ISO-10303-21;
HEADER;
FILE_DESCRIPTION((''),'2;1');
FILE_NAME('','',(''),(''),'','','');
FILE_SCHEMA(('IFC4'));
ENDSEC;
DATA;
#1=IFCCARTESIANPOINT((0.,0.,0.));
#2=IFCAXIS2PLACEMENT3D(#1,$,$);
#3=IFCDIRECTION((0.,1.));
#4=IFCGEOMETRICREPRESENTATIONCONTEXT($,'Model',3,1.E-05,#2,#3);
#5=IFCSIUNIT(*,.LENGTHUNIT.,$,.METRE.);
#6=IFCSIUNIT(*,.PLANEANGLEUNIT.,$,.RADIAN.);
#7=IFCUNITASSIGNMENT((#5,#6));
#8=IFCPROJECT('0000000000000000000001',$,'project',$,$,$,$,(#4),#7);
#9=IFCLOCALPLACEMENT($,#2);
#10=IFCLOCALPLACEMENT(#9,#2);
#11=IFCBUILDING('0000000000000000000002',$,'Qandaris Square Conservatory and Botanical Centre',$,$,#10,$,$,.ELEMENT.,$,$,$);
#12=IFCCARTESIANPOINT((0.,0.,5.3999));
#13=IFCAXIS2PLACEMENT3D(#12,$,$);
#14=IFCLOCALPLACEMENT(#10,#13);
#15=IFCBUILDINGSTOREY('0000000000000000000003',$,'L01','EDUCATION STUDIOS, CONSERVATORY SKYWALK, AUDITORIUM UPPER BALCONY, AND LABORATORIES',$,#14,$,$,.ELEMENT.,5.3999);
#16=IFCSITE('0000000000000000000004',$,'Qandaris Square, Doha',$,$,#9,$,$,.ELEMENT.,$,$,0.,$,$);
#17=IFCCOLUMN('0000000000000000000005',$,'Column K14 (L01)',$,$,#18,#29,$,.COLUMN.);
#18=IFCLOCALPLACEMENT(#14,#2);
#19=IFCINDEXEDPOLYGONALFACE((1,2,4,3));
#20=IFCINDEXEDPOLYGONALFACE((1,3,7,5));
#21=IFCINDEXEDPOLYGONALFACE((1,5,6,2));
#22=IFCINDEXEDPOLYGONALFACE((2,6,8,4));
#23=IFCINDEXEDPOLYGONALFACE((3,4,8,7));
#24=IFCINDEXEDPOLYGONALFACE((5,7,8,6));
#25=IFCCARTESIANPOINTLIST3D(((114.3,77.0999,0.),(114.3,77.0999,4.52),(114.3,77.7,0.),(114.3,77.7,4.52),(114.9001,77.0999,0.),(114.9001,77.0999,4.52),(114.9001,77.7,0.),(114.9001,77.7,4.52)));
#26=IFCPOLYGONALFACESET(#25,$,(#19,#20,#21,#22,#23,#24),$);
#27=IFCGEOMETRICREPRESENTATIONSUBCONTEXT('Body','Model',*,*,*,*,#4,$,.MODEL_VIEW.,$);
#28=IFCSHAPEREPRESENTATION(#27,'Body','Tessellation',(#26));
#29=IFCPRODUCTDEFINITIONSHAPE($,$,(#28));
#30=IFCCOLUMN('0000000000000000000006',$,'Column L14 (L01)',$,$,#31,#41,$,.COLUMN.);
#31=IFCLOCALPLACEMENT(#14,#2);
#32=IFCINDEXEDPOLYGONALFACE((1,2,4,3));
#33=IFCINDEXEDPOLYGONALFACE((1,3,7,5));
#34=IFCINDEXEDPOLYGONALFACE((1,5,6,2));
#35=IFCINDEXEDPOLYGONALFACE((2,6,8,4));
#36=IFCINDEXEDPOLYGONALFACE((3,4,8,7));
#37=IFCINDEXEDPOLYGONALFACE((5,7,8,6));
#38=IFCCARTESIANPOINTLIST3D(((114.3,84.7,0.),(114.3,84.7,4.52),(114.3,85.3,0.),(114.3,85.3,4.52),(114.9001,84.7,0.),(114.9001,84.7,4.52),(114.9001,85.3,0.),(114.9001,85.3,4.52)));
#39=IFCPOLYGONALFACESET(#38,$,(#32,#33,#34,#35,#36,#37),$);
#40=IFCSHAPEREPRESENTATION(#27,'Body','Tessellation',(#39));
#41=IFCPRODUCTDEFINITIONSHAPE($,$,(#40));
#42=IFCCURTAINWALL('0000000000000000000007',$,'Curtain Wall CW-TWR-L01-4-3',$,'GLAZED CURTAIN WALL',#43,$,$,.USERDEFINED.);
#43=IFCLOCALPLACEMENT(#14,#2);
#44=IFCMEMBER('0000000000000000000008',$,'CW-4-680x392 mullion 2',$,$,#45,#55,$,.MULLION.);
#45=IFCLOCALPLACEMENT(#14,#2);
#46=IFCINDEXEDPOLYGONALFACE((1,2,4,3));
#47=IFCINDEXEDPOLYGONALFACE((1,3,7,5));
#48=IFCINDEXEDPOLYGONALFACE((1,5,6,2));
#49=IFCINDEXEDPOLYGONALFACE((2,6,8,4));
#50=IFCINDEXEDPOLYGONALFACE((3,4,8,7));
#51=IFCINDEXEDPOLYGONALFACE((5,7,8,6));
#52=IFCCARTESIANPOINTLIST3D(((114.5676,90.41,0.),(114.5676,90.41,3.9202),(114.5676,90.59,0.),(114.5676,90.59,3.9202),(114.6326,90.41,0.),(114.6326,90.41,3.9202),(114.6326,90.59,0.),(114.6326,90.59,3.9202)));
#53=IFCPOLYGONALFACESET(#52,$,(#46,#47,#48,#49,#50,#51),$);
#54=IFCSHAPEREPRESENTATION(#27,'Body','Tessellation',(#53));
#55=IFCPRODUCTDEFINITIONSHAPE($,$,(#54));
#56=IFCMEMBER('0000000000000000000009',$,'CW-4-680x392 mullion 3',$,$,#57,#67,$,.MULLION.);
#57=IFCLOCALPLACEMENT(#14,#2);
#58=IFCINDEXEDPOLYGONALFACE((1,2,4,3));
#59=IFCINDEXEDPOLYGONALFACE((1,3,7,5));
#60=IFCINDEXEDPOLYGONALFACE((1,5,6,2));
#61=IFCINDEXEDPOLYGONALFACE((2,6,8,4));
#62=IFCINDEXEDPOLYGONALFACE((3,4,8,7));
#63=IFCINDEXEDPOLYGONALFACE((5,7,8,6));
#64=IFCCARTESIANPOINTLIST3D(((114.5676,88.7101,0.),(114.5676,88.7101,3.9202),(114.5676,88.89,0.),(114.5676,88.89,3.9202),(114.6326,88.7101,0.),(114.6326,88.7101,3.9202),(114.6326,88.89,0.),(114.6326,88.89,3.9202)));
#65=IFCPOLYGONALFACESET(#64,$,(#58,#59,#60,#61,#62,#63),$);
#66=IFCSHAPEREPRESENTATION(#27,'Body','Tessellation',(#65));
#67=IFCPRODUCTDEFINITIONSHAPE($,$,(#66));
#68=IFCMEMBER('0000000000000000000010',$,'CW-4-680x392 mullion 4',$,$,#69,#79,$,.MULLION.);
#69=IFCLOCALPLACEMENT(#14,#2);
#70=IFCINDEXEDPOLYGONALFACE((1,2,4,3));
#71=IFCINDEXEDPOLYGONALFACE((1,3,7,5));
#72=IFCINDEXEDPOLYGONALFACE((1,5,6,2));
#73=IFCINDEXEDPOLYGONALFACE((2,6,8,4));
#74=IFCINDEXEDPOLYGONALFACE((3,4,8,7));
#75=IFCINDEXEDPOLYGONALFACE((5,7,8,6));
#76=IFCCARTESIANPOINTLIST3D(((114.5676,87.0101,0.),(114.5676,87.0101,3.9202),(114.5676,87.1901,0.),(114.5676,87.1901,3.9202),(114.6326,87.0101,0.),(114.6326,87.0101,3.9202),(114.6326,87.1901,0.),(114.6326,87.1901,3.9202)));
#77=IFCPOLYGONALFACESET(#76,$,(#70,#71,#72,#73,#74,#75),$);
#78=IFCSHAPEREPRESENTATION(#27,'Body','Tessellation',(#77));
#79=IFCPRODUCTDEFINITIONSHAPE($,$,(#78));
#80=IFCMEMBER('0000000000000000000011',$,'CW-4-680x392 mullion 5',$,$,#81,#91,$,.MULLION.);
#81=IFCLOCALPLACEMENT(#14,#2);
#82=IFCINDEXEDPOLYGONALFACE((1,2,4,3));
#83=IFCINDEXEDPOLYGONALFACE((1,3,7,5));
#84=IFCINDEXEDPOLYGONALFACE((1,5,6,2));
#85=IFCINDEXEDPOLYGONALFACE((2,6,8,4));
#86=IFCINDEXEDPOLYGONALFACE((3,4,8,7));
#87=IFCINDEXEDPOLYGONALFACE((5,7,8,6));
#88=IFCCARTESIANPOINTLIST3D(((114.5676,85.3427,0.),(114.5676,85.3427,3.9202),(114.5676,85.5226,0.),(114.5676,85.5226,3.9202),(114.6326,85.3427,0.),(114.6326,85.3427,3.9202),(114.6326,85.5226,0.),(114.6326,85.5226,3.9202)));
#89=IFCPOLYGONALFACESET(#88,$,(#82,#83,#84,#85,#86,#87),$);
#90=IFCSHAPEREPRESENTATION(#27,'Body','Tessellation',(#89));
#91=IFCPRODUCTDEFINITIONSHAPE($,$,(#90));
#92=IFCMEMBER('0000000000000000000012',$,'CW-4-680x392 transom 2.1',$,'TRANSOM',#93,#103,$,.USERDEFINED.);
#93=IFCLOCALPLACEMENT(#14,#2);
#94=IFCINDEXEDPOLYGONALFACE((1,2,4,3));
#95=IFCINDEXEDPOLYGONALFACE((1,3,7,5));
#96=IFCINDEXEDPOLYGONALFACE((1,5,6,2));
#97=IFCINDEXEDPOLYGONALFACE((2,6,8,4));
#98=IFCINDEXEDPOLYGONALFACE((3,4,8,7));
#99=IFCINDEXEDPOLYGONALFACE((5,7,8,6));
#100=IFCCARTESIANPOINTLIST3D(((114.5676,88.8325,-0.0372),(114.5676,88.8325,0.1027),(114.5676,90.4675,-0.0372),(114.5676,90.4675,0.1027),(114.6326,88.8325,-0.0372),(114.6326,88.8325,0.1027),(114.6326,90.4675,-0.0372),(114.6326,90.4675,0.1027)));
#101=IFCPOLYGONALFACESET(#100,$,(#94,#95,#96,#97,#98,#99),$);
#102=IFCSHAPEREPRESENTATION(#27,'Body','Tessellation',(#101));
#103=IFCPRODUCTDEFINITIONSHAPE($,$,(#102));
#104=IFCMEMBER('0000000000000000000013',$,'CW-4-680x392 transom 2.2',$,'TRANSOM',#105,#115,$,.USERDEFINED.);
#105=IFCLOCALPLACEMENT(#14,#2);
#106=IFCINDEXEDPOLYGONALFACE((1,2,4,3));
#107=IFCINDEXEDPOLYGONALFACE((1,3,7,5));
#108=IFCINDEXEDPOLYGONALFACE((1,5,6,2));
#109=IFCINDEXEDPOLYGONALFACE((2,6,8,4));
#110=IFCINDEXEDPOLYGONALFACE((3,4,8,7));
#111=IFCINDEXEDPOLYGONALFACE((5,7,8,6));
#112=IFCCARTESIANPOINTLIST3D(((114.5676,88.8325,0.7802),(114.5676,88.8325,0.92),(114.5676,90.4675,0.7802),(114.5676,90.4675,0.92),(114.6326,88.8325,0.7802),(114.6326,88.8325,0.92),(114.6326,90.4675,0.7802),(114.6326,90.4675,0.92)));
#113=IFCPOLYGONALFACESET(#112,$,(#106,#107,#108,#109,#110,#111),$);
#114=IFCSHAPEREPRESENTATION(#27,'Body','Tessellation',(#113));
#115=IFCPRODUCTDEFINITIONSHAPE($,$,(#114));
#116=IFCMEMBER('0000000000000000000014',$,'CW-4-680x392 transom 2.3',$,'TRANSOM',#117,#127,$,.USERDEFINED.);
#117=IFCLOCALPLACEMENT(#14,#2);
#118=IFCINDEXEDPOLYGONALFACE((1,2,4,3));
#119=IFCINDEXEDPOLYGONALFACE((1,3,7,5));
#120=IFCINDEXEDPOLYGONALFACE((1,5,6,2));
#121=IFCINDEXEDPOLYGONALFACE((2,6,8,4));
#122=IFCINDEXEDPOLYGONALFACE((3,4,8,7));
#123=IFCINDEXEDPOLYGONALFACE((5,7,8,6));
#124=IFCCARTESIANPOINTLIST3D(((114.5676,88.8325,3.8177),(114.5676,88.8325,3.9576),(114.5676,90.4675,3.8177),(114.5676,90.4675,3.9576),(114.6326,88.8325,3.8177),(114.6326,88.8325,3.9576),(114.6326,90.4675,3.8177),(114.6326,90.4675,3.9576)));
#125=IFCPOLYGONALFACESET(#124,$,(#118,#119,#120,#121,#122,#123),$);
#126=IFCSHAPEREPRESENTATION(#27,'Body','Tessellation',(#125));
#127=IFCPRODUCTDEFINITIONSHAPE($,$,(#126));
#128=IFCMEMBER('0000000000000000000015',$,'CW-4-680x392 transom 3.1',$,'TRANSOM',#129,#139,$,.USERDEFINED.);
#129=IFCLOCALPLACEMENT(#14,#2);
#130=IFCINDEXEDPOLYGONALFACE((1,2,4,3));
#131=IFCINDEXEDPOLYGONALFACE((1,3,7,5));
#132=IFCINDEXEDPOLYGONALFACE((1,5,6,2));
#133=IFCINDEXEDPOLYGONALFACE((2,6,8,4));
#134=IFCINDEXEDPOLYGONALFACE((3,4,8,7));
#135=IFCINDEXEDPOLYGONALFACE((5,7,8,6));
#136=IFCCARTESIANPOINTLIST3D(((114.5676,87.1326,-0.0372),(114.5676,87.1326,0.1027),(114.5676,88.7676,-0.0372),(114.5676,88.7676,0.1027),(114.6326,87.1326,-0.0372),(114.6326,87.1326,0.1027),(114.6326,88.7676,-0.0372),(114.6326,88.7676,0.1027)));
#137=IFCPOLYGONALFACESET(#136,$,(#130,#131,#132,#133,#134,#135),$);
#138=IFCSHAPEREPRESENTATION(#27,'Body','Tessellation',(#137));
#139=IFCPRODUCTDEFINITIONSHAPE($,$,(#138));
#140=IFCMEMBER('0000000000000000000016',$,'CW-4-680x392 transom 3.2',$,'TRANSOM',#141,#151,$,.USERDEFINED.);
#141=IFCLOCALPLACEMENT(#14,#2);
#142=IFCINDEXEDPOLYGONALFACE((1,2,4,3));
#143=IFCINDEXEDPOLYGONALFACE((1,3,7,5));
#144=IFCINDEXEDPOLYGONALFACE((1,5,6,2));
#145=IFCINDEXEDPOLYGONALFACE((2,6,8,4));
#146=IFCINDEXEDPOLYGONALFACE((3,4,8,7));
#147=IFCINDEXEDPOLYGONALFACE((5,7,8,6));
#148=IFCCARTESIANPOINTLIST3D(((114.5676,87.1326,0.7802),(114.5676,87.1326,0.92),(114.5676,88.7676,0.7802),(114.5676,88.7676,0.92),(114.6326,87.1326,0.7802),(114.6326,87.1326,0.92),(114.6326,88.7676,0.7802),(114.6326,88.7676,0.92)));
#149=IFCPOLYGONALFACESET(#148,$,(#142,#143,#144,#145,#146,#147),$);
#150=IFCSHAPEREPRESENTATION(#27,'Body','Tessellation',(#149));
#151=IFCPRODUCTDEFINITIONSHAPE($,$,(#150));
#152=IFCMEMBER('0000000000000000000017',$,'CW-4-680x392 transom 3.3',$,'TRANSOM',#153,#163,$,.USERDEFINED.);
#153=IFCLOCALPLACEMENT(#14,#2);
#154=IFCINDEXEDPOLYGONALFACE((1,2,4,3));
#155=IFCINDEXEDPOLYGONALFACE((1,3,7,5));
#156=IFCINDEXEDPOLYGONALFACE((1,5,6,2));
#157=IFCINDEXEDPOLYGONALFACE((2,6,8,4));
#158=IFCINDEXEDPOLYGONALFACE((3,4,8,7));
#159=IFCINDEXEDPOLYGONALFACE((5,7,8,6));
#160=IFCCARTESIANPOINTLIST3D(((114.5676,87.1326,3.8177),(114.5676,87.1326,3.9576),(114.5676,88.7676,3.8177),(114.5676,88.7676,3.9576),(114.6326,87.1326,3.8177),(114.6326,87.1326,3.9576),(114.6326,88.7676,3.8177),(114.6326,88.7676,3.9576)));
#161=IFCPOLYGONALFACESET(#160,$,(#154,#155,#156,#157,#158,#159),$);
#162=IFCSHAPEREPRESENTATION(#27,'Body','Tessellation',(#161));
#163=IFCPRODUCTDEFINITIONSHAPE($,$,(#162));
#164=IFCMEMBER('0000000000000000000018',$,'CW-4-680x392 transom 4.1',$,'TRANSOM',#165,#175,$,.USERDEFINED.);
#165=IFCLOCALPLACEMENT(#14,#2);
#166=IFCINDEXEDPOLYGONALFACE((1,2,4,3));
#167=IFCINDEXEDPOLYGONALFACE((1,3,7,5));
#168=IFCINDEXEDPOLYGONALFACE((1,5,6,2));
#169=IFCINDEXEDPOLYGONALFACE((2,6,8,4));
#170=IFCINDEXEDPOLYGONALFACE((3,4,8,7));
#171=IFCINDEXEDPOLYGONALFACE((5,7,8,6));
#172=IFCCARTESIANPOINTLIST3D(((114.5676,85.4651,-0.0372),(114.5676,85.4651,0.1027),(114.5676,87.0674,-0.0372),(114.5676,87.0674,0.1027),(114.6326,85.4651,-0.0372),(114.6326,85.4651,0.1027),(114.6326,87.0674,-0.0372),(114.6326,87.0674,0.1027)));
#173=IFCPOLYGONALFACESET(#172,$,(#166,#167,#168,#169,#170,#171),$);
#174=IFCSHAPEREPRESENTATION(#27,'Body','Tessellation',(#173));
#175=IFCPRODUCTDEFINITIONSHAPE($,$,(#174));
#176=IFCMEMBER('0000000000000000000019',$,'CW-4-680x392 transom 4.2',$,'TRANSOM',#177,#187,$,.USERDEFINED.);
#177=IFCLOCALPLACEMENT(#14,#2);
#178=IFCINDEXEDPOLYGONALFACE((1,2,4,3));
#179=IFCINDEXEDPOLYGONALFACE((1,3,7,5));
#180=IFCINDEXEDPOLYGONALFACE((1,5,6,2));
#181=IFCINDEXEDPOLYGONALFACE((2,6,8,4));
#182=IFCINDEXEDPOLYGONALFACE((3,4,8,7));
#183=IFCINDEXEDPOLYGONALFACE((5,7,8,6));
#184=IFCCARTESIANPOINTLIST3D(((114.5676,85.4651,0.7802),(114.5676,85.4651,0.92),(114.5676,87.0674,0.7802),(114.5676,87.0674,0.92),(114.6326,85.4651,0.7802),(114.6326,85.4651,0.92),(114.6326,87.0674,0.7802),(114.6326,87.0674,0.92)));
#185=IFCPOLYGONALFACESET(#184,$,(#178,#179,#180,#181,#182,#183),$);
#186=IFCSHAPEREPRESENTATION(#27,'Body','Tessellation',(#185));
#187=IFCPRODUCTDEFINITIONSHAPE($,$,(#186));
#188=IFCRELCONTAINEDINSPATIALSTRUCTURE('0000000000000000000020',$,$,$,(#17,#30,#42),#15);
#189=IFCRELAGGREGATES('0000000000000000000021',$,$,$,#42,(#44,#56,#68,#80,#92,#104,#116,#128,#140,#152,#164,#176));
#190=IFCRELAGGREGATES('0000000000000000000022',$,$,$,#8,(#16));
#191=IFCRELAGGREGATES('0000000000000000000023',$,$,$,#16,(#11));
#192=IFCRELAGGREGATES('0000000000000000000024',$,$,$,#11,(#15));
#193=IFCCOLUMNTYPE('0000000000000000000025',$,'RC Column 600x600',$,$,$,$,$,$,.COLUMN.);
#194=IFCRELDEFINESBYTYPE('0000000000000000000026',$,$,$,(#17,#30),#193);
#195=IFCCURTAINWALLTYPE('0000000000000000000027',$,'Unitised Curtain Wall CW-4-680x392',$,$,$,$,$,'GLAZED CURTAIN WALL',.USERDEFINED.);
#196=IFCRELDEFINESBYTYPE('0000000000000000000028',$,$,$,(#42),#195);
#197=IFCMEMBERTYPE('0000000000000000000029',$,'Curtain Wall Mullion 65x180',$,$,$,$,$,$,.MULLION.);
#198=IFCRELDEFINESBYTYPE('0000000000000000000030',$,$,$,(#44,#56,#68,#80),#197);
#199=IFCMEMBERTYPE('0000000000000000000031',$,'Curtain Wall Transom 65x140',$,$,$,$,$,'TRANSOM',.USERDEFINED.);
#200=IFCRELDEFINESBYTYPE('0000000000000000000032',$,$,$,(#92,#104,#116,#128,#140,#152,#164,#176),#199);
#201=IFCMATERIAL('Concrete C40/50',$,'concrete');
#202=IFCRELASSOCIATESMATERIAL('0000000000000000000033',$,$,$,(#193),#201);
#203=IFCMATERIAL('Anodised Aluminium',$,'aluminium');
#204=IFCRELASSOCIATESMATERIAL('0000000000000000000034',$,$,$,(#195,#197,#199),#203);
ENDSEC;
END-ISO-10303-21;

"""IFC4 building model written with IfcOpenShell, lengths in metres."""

from ifc_helpers import new_model, si_unit, direction, frame, origin, origin_2d, place, context, subcontext, project, spatial, rectangle, extrude, material, material_profile, profile_set, type_object, element, aggregate, save


model = new_model("IFC4")

# Units and contexts
model_context = context("Model", 3, precision=1e-05, world=origin(), true_north=direction((0.0, 1.0)))
body_context = subcontext(model_context, "Body", "Model", "MODEL_VIEW")
ifc_project = project(units=[si_unit("LENGTHUNIT", "METRE"), si_unit("PLANEANGLEUNIT", "RADIAN")], contexts=[model_context])

# Site, building, storey
site_placement = place(None, origin())
site = spatial("IfcSite", under=ifc_project, at=site_placement, Name="Qandaris Square, Doha", CompositionType="ELEMENT", RefElevation=0.0)
building_placement = place(site_placement, origin())
building = spatial("IfcBuilding", under=site, at=building_placement, Name="Qandaris Square Conservatory and Botanical Centre", CompositionType="ELEMENT")
storey_placement = place(building_placement, frame((0.0, 0.0, 5.3999)))
storey = spatial("IfcBuildingStorey", under=building, at=storey_placement, Name="L01", Description="EDUCATION STUDIOS, CONSERVATORY SKYWALK, AUDITORIUM UPPER BALCONY, AND LABORATORIES", CompositionType="ELEMENT", Elevation=5.3999)

# Columns
ifc_material_1 = material(Name="Concrete C40/50", Category="concrete")
ifc_material_profile_1 = material_profile(ifc_material_1, rectangle(XDim=0.6001, YDim=0.6001, at=origin_2d()), Name="RC-COL 600x600")
ifc_profile_set_1 = profile_set([ifc_material_profile_1], Name="Concrete C40/50")
column_type = type_object("IfcColumnType", Name="RC Column 600x600", PredefinedType="COLUMN", material=ifc_profile_set_1)
for number, where, z_axis, x_axis, name in (
    (1, (114.6001, 77.3999, 0.0), (0.0, 0.0, 1.0), (1.0, 0.0, 0.0), "Column K14 (L01)"),
    (2, (114.6001, 85.0, 0.0), (0.0, 0.0, 1.0), (1.0, 0.0, 0.0), "Column L14 (L01)"),
):
    element("IfcColumn", number, at=place(storey_placement, frame(where, z_axis=z_axis, x_axis=x_axis)), inside=storey, type_object=column_type, Name=name, PredefinedType="COLUMN", context=body_context, shape_type="SweptSolid", body=[
        extrude(rectangle(XDim=0.6001, YDim=0.6001, at=origin_2d()), origin(), (0.0, 0.0, 1.0), 4.52),
    ])

# Curtain wall, members
ifc_material_2 = material(Name="Anodised Aluminium", Category="aluminium")
curtain_wall_type = type_object("IfcCurtainWallType", Name="Unitised Curtain Wall CW-4-680x392", ElementType="GLAZED CURTAIN WALL", PredefinedType="USERDEFINED", material=ifc_material_2)
curtain_wall_placement = place(storey_placement, origin())
curtain_wall = element("IfcCurtainWall", 3, at=curtain_wall_placement, inside=storey, type_object=curtain_wall_type, Name="Curtain Wall CW-TWR-L01-4-3", ObjectType="GLAZED CURTAIN WALL", PredefinedType="USERDEFINED")
ifc_material_profile_2 = material_profile(ifc_material_2, rectangle(XDim=0.0649, YDim=0.1799, at=origin_2d()), Name="ALU-MUL 65x180")
ifc_profile_set_2 = profile_set([ifc_material_profile_2], Name="Anodised Aluminium")
member_type_1 = type_object("IfcMemberType", Name="Curtain Wall Mullion 65x180", PredefinedType="MULLION", material=ifc_profile_set_2)
member_1_placement = place(storey_placement, frame((114.6001, 90.5, 0.0), z_axis=(0.0, 0.0, 1.0), x_axis=(1.0, 0.0, 0.0)))
member_1 = element("IfcMember", 4, at=member_1_placement, type_object=member_type_1, Name="CW-4-680x392 mullion 2", PredefinedType="MULLION", context=body_context, shape_type="SweptSolid", body=[
    extrude(rectangle(XDim=0.0649, YDim=0.1799, at=origin_2d()), origin(), (0.0, 0.0, 1.0), 3.9202),
])
member_2_placement = place(storey_placement, frame((114.6001, 88.8, 0.0), z_axis=(0.0, 0.0, 1.0), x_axis=(1.0, 0.0, 0.0)))
member_2 = element("IfcMember", 5, at=member_2_placement, type_object=member_type_1, Name="CW-4-680x392 mullion 3", PredefinedType="MULLION", context=body_context, shape_type="SweptSolid", body=[
    extrude(rectangle(XDim=0.0649, YDim=0.1799, at=origin_2d()), origin(), (0.0, 0.0, 1.0), 3.9202),
])
member_3_placement = place(storey_placement, frame((114.6001, 87.1001, 0.0), z_axis=(0.0, 0.0, 1.0), x_axis=(1.0, 0.0, 0.0)))
member_3 = element("IfcMember", 6, at=member_3_placement, type_object=member_type_1, Name="CW-4-680x392 mullion 4", PredefinedType="MULLION", context=body_context, shape_type="SweptSolid", body=[
    extrude(rectangle(XDim=0.0649, YDim=0.1799, at=origin_2d()), origin(), (0.0, 0.0, 1.0), 3.9202),
])
member_4_placement = place(storey_placement, frame((114.6001, 85.4326, 0.0), z_axis=(0.0, 0.0, 1.0), x_axis=(1.0, 0.0, 0.0)))
member_4 = element("IfcMember", 7, at=member_4_placement, type_object=member_type_1, Name="CW-4-680x392 mullion 5", PredefinedType="MULLION", context=body_context, shape_type="SweptSolid", body=[
    extrude(rectangle(XDim=0.0649, YDim=0.1799, at=origin_2d()), origin(), (0.0, 0.0, 1.0), 3.9202),
])
ifc_material_profile_3 = material_profile(ifc_material_2, rectangle(XDim=0.0649, YDim=0.1399, at=origin_2d()), Name="ALU-TRN 65x140")
ifc_profile_set_3 = profile_set([ifc_material_profile_3], Name="Anodised Aluminium")
member_type_2 = type_object("IfcMemberType", Name="Curtain Wall Transom 65x140", ElementType="TRANSOM", PredefinedType="USERDEFINED", material=ifc_profile_set_3)
member_5_placement = place(storey_placement, frame((114.6001, 90.4675, 0.0327), z_axis=(0.0, -1.0, 0.0), x_axis=(1.0, 0.0, 0.0)))
member_5 = element("IfcMember", 8, at=member_5_placement, type_object=member_type_2, Name="CW-4-680x392 transom 2.1", ObjectType="TRANSOM", PredefinedType="USERDEFINED", context=body_context, shape_type="SweptSolid", body=[
    extrude(rectangle(XDim=0.0649, YDim=0.1399, at=origin_2d()), origin(), (0.0, 0.0, 1.0), 1.635),
])
member_6_placement = place(storey_placement, frame((114.6001, 90.4675, 0.8501), z_axis=(0.0, -1.0, 0.0), x_axis=(1.0, 0.0, 0.0)))
member_6 = element("IfcMember", 9, at=member_6_placement, type_object=member_type_2, Name="CW-4-680x392 transom 2.2", ObjectType="TRANSOM", PredefinedType="USERDEFINED", context=body_context, shape_type="SweptSolid", body=[
    extrude(rectangle(XDim=0.0649, YDim=0.1399, at=origin_2d()), origin(), (0.0, 0.0, 1.0), 1.635),
])
member_7_placement = place(storey_placement, frame((114.6001, 90.4675, 3.8877), z_axis=(0.0, -1.0, 0.0), x_axis=(1.0, 0.0, 0.0)))
member_7 = element("IfcMember", 10, at=member_7_placement, type_object=member_type_2, Name="CW-4-680x392 transom 2.3", ObjectType="TRANSOM", PredefinedType="USERDEFINED", context=body_context, shape_type="SweptSolid", body=[
    extrude(rectangle(XDim=0.0649, YDim=0.1399, at=origin_2d()), origin(), (0.0, 0.0, 1.0), 1.635),
])
member_8_placement = place(storey_placement, frame((114.6001, 88.7676, 0.0327), z_axis=(0.0, -1.0, 0.0), x_axis=(1.0, 0.0, 0.0)))
member_8 = element("IfcMember", 11, at=member_8_placement, type_object=member_type_2, Name="CW-4-680x392 transom 3.1", ObjectType="TRANSOM", PredefinedType="USERDEFINED", context=body_context, shape_type="SweptSolid", body=[
    extrude(rectangle(XDim=0.0649, YDim=0.1399, at=origin_2d()), origin(), (0.0, 0.0, 1.0), 1.635),
])
member_9_placement = place(storey_placement, frame((114.6001, 88.7676, 0.8501), z_axis=(0.0, -1.0, 0.0), x_axis=(1.0, 0.0, 0.0)))
member_9 = element("IfcMember", 12, at=member_9_placement, type_object=member_type_2, Name="CW-4-680x392 transom 3.2", ObjectType="TRANSOM", PredefinedType="USERDEFINED", context=body_context, shape_type="SweptSolid", body=[
    extrude(rectangle(XDim=0.0649, YDim=0.1399, at=origin_2d()), origin(), (0.0, 0.0, 1.0), 1.635),
])
member_10_placement = place(storey_placement, frame((114.6001, 88.7676, 3.8877), z_axis=(0.0, -1.0, 0.0), x_axis=(1.0, 0.0, 0.0)))
member_10 = element("IfcMember", 13, at=member_10_placement, type_object=member_type_2, Name="CW-4-680x392 transom 3.3", ObjectType="TRANSOM", PredefinedType="USERDEFINED", context=body_context, shape_type="SweptSolid", body=[
    extrude(rectangle(XDim=0.0649, YDim=0.1399, at=origin_2d()), origin(), (0.0, 0.0, 1.0), 1.635),
])
member_11_placement = place(storey_placement, frame((114.6001, 87.0674, 0.0327), z_axis=(0.0, -1.0, 0.0), x_axis=(1.0, 0.0, 0.0)))
member_11 = element("IfcMember", 14, at=member_11_placement, type_object=member_type_2, Name="CW-4-680x392 transom 4.1", ObjectType="TRANSOM", PredefinedType="USERDEFINED", context=body_context, shape_type="SweptSolid", body=[
    extrude(rectangle(XDim=0.0649, YDim=0.1399, at=origin_2d()), origin(), (0.0, 0.0, 1.0), 1.6023),
])
member_12_placement = place(storey_placement, frame((114.6001, 87.0674, 0.8501), z_axis=(0.0, -1.0, 0.0), x_axis=(1.0, 0.0, 0.0)))
member_12 = element("IfcMember", 15, at=member_12_placement, type_object=member_type_2, Name="CW-4-680x392 transom 4.2", ObjectType="TRANSOM", PredefinedType="USERDEFINED", context=body_context, shape_type="SweptSolid", body=[
    extrude(rectangle(XDim=0.0649, YDim=0.1399, at=origin_2d()), origin(), (0.0, 0.0, 1.0), 1.6023),
])

aggregate(curtain_wall, [member_1, member_2, member_3, member_4, member_5, member_6, member_7, member_8, member_9, member_10, member_11, member_12])

save(model, "model.ifc")
